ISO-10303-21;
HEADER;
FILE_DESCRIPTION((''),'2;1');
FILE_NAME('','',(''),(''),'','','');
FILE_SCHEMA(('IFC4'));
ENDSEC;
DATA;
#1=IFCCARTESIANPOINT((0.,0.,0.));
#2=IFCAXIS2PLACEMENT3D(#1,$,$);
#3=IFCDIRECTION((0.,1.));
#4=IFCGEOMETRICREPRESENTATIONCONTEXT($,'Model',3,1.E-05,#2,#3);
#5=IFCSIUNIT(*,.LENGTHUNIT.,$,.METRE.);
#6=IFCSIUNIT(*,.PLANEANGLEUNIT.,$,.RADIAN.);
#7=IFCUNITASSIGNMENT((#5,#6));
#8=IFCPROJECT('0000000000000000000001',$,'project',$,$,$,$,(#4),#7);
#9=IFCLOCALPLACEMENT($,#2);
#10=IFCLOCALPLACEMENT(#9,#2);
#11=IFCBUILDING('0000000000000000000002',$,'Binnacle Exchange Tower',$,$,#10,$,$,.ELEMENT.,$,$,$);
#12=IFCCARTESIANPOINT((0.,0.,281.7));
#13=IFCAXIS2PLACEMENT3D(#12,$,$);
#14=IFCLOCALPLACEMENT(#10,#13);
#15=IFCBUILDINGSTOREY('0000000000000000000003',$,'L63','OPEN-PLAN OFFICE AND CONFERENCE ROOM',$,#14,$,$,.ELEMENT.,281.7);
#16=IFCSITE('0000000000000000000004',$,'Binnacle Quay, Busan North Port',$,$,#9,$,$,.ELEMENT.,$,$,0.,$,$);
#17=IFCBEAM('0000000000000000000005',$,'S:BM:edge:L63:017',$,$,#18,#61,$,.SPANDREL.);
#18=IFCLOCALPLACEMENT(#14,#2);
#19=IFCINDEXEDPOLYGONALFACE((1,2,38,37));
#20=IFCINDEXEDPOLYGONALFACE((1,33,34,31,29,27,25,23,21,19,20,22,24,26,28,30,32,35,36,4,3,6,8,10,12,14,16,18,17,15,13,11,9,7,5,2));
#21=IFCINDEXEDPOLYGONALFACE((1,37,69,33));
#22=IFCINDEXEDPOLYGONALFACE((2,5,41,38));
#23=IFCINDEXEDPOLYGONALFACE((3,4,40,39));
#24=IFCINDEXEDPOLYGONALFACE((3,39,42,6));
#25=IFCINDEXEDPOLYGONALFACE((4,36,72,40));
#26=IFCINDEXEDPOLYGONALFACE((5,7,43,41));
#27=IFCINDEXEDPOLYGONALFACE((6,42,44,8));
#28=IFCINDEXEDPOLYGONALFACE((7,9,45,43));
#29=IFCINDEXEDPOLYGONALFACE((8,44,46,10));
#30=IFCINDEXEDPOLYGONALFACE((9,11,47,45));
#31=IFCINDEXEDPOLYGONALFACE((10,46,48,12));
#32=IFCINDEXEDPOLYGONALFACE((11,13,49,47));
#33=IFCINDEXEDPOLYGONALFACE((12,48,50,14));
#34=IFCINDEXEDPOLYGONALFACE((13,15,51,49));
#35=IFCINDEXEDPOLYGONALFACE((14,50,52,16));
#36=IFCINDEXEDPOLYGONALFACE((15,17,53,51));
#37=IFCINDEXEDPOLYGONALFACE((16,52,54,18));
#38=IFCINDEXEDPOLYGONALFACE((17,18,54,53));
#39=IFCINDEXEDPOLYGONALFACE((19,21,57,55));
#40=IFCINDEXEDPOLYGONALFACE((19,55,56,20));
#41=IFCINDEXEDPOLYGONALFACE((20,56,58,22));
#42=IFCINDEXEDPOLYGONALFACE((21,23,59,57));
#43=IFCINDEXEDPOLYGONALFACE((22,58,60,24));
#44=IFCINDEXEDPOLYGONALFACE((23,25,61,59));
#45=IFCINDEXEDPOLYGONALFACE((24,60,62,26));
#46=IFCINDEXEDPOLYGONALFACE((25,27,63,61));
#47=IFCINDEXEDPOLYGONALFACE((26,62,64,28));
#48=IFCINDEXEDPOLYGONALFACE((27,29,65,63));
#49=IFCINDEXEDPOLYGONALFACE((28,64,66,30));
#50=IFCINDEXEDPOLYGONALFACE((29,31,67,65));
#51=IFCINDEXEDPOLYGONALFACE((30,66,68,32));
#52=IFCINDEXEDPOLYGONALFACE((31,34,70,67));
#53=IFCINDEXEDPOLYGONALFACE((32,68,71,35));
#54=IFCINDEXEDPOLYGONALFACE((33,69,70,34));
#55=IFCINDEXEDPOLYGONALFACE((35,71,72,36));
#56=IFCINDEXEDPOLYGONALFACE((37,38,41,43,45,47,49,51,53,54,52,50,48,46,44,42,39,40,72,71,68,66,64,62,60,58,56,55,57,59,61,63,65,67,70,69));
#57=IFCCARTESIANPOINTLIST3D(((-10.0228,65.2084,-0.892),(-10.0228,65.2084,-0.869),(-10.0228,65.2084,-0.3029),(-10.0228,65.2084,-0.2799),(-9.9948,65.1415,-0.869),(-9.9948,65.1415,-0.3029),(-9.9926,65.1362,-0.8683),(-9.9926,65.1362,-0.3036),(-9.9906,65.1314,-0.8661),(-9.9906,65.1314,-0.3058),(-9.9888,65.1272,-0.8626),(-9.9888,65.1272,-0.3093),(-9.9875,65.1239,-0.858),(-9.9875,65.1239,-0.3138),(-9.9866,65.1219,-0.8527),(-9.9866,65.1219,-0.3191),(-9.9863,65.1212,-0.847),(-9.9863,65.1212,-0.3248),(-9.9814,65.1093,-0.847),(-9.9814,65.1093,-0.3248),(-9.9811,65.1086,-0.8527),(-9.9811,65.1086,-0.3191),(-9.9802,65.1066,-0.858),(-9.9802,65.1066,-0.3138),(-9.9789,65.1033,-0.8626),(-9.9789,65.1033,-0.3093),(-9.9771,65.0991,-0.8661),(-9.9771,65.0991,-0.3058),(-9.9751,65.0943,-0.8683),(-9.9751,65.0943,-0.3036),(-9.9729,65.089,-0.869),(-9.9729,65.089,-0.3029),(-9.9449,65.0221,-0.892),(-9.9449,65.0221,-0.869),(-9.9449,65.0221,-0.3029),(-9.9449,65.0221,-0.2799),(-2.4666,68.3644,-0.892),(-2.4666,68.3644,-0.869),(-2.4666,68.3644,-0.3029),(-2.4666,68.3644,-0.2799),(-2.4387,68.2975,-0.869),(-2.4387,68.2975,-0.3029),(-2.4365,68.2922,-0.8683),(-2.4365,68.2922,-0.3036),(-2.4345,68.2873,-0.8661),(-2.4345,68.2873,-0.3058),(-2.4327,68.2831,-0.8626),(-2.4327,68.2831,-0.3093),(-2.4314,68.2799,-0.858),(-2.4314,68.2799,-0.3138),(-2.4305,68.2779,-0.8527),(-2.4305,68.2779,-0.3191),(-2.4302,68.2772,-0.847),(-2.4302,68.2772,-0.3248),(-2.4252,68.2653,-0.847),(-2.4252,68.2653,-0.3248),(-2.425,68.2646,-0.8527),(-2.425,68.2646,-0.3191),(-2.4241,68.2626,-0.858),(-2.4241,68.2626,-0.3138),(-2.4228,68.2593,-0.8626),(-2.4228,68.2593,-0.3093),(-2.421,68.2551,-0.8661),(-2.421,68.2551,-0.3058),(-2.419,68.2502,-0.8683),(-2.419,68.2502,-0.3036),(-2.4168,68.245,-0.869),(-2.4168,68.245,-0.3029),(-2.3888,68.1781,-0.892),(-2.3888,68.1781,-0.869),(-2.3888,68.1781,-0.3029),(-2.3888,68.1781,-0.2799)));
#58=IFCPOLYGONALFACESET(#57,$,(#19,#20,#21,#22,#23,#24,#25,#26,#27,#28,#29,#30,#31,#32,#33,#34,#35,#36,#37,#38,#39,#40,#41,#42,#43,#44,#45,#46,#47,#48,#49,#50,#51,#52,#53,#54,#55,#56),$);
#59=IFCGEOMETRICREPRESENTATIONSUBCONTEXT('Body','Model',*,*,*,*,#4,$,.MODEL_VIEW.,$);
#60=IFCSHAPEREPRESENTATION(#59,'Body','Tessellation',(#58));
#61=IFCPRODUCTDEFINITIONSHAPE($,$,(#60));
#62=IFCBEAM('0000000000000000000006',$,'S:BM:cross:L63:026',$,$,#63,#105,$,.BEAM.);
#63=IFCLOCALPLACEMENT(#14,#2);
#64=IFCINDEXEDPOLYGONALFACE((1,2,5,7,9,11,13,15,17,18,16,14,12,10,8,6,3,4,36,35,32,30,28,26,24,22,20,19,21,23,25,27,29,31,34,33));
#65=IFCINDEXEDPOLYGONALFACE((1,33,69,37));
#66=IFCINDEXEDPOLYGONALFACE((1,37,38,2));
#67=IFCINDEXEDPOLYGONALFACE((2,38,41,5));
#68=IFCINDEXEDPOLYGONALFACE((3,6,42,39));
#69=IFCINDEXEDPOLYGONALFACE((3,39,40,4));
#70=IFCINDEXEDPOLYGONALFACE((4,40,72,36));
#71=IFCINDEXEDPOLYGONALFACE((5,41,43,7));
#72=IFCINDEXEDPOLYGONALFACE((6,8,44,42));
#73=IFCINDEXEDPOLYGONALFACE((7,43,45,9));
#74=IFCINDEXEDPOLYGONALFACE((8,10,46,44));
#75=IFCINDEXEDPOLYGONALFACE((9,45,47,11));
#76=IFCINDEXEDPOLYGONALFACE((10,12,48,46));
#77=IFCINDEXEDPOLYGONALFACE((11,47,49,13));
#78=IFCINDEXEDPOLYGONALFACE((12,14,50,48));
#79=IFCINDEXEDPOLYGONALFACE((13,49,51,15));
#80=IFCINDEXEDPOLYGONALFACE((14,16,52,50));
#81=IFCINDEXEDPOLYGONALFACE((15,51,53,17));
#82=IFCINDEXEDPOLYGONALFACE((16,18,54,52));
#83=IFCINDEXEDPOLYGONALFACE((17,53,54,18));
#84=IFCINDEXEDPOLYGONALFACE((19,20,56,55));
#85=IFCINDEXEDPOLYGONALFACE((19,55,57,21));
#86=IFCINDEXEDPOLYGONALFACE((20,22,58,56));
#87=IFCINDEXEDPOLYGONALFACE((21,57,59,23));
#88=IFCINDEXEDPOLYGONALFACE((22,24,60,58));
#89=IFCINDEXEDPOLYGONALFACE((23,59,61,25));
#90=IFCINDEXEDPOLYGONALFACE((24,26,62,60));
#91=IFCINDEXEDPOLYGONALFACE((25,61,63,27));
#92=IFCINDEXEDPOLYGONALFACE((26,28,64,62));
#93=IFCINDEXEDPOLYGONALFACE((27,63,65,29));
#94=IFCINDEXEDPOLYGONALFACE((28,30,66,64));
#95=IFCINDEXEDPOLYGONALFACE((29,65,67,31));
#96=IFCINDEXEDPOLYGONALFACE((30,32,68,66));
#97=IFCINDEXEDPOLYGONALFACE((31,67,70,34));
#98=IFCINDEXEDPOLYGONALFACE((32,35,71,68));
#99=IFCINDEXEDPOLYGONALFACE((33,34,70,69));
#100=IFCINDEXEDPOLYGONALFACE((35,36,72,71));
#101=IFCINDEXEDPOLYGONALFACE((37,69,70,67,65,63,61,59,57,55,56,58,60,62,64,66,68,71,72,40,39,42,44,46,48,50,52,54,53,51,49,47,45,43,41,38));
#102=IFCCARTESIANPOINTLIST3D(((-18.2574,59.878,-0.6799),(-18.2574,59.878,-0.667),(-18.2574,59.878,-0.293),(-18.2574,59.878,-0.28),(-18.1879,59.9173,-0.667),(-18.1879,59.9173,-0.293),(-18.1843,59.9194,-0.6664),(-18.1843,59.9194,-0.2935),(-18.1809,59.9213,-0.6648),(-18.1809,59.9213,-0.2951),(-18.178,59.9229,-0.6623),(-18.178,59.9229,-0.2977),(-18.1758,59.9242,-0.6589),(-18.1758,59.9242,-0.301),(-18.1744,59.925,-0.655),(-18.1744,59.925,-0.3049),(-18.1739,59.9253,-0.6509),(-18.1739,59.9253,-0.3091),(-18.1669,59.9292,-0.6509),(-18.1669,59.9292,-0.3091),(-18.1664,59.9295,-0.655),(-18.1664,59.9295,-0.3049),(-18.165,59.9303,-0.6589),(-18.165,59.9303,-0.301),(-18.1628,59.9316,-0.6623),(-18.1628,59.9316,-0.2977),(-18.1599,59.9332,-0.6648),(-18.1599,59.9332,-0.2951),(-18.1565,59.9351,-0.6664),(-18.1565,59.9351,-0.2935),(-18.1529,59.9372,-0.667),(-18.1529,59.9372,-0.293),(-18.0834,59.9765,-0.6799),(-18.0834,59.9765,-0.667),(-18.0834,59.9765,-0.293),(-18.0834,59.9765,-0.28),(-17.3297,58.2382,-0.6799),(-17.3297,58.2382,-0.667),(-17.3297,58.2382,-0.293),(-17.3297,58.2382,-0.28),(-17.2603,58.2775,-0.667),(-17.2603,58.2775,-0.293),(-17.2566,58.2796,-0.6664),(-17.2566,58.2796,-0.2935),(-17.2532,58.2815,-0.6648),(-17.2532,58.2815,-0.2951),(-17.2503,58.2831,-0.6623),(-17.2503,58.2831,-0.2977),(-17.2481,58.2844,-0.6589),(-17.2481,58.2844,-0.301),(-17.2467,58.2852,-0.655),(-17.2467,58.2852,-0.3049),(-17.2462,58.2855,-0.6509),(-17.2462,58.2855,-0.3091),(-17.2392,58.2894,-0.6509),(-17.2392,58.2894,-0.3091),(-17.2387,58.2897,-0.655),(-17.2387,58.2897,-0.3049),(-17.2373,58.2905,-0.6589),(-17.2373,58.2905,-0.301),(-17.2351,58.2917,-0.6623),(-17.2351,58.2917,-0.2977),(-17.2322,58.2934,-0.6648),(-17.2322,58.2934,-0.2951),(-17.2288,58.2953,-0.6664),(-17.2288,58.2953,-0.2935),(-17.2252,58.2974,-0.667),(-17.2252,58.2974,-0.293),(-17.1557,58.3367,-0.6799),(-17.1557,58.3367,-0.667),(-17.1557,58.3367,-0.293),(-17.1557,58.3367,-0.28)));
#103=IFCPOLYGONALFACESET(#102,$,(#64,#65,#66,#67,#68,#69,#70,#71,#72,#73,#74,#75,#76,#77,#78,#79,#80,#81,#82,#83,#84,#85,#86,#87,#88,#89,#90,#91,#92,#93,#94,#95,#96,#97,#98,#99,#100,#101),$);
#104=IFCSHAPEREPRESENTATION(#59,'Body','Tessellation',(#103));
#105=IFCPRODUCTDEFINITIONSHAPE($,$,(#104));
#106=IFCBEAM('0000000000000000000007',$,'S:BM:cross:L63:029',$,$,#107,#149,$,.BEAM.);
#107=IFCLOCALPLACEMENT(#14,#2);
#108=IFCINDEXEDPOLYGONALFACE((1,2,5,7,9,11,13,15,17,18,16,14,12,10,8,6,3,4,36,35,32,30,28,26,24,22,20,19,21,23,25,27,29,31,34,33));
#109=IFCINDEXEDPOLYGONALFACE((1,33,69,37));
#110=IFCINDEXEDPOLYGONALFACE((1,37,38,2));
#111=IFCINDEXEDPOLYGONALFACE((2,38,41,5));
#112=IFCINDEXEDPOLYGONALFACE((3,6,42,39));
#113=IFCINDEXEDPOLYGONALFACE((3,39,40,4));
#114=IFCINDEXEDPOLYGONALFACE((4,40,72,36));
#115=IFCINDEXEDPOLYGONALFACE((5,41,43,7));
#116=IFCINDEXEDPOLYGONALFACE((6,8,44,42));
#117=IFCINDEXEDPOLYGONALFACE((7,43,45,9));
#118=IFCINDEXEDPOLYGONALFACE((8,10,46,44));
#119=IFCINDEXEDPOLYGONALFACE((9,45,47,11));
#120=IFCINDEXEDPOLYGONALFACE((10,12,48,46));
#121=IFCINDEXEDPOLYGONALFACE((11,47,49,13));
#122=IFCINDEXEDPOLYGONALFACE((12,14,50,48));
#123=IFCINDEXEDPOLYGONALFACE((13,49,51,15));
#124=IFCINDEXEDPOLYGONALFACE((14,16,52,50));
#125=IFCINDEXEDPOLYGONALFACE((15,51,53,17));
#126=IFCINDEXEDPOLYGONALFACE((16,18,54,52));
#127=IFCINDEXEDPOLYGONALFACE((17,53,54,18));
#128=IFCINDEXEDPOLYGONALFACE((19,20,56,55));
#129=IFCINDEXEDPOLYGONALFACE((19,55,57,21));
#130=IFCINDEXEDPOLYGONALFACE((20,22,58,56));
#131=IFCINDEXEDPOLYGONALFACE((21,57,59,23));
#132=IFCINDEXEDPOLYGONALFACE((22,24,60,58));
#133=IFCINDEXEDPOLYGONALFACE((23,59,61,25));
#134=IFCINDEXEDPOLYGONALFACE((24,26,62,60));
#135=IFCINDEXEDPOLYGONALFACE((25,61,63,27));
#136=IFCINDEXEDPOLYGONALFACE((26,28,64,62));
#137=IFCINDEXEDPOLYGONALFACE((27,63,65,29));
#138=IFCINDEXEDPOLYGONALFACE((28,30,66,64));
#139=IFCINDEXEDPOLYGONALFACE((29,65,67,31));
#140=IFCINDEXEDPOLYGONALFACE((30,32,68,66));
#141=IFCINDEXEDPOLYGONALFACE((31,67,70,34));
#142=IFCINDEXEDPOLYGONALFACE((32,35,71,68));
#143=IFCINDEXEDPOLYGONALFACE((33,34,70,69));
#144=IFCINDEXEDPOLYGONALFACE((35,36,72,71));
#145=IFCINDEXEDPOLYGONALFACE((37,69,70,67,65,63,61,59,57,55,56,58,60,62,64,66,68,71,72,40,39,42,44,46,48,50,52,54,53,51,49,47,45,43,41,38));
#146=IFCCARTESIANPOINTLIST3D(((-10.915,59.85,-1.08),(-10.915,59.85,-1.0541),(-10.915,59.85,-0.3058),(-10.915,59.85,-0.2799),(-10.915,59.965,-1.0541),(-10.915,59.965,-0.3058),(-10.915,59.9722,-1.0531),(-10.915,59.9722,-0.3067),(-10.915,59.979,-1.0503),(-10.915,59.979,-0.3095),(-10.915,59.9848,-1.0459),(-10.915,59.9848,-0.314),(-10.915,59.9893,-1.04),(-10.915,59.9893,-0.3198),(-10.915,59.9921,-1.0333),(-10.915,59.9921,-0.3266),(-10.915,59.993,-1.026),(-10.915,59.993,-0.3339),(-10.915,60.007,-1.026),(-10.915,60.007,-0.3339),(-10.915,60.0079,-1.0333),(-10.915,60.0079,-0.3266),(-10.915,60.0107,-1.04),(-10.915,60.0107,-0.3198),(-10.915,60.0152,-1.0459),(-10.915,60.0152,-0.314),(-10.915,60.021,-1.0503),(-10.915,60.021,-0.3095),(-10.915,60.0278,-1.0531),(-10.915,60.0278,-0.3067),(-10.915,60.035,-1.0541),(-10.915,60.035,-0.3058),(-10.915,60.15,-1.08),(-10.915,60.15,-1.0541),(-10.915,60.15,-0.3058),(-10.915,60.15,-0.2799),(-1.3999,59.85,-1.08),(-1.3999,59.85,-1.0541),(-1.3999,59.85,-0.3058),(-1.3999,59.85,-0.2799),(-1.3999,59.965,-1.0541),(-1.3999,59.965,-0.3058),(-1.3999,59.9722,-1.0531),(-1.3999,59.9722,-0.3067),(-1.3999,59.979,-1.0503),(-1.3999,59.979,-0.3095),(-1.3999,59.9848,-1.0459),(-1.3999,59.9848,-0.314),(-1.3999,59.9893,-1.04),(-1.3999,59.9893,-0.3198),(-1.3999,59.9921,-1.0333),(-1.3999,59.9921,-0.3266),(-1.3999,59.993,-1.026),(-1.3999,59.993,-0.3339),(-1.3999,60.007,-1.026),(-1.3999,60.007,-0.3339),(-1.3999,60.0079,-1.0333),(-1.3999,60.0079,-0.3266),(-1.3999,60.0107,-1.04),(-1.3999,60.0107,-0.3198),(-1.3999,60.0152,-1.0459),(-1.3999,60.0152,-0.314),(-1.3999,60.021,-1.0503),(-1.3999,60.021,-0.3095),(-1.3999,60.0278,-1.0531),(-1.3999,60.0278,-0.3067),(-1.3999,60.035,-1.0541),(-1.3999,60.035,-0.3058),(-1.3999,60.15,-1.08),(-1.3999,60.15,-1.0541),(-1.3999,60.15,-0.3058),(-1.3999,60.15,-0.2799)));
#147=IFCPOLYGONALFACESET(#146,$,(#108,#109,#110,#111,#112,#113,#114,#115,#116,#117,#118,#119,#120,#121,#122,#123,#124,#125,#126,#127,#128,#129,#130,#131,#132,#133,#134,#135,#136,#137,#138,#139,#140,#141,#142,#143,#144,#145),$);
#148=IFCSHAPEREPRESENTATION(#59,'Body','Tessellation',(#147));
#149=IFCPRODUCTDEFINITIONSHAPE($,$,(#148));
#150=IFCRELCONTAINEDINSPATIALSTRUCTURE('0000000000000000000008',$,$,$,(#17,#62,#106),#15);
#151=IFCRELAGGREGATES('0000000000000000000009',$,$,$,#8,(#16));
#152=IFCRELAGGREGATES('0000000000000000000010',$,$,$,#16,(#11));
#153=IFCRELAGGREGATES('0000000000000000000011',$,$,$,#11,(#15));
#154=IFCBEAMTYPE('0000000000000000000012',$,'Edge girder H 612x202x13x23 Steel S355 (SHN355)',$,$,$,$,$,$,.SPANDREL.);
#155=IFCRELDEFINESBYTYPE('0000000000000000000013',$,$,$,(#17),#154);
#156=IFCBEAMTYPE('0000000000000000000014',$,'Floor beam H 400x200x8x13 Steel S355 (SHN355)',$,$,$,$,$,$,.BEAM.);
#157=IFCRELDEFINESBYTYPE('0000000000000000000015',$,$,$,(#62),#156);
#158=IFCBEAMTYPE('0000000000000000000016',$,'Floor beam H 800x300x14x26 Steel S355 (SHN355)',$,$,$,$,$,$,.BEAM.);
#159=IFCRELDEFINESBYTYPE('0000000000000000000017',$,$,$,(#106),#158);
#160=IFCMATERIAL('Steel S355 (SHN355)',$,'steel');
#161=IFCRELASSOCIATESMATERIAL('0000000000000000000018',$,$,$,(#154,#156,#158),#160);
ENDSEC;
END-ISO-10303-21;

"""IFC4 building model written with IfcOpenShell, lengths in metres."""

from ifc_helpers import new_model, si_unit, direction, frame, origin, origin_2d, place, context, subcontext, project, spatial, i_section, extrude, material, material_profile, profile_set, type_object, element, save


model = new_model("IFC4")

# Units and contexts
model_context = context("Model", 3, precision=1e-05, world=origin(), true_north=direction((0.0, 1.0)))
body_context = subcontext(model_context, "Body", "Model", "MODEL_VIEW")
ifc_project = project(units=[si_unit("LENGTHUNIT", "METRE"), si_unit("PLANEANGLEUNIT", "RADIAN")], contexts=[model_context])

# Site, building, storey
site_placement = place(None, origin())
site = spatial("IfcSite", under=ifc_project, at=site_placement, Name="Binnacle Quay, Busan North Port", CompositionType="ELEMENT", RefElevation=0.0)
building_placement = place(site_placement, origin())
building = spatial("IfcBuilding", under=site, at=building_placement, Name="Binnacle Exchange Tower", CompositionType="ELEMENT")
storey_placement = place(building_placement, frame((0.0, 0.0, 281.7)))
storey = spatial("IfcBuildingStorey", under=building, at=storey_placement, Name="L63", Description="OPEN-PLAN OFFICE AND CONFERENCE ROOM", CompositionType="ELEMENT", Elevation=281.7)

# Beams
ifc_material_1 = material(Name="Steel S355 (SHN355)", Category="steel")
ifc_material_profile_1 = material_profile(ifc_material_1, i_section(OverallWidth=0.2019, OverallDepth=0.6121, WebThickness=0.0129, FlangeThickness=0.0229, FilletRadius=0.022, at=origin_2d()), Name="H 612x202x13x23")
ifc_profile_set_1 = profile_set([ifc_material_profile_1], Name="Steel S355 (SHN355)")
beam_type_1 = type_object("IfcBeamType", Name="Edge girder H 612x202x13x23 Steel S355 (SHN355)", PredefinedType="SPANDREL", material=ifc_profile_set_1)
beam_1_placement = place(storey_placement, frame((-2.4277, 68.2712, -0.5859), z_axis=(-0.922747, -0.385407, 0.0), x_axis=(0.385407, -0.922747, 0.0)))
element("IfcBeam", 1, at=beam_1_placement, inside=storey, type_object=beam_type_1, Name="S:BM:edge:L63:017", PredefinedType="SPANDREL", context=body_context, shape_type="SweptSolid", body=[
    extrude(i_section(OverallWidth=0.2019, OverallDepth=0.6121, WebThickness=0.0129, FlangeThickness=0.0229, FilletRadius=0.022, at=origin_2d()), origin(), (0.0, 0.0, 1.0), 8.1887),
])
ifc_material_profile_2 = material_profile(ifc_material_1, i_section(OverallWidth=0.2, OverallDepth=0.3999, WebThickness=0.0081, FlangeThickness=0.0129, FilletRadius=0.0161, at=origin_2d()), Name="H 400x200x8x13")
ifc_profile_set_2 = profile_set([ifc_material_profile_2], Name="Steel S355 (SHN355)")
beam_type_2 = type_object("IfcBeamType", Name="Floor beam H 400x200x8x13 Steel S355 (SHN355)", PredefinedType="BEAM", material=ifc_profile_set_2)
beam_2_placement = place(storey_placement, frame((-18.1704, 59.9272, -0.48), z_axis=(0.492395, -0.870372, 0.0), x_axis=(0.870372, 0.492395, 0.0)))
element("IfcBeam", 2, at=beam_2_placement, inside=storey, type_object=beam_type_2, Name="S:BM:cross:L63:026", PredefinedType="BEAM", context=body_context, shape_type="SweptSolid", body=[
    extrude(i_section(OverallWidth=0.2, OverallDepth=0.3999, WebThickness=0.0081, FlangeThickness=0.0129, FilletRadius=0.0161, at=origin_2d()), origin(), (0.0, 0.0, 1.0), 1.884),
])
ifc_material_profile_3 = material_profile(ifc_material_1, i_section(OverallWidth=0.3, OverallDepth=0.8, WebThickness=0.0139, FlangeThickness=0.0259, FilletRadius=0.0281, at=origin_2d()), Name="H 800x300x14x26")
ifc_profile_set_3 = profile_set([ifc_material_profile_3], Name="Steel S355 (SHN355)")
beam_type_3 = type_object("IfcBeamType", Name="Floor beam H 800x300x14x26 Steel S355 (SHN355)", PredefinedType="BEAM", material=ifc_profile_set_3)
beam_3_placement = place(storey_placement, frame((-1.3999, 60.0, -0.6799), z_axis=(-1.0, 0.0, 0.0), x_axis=(0.0, -1.0, 0.0)))
element("IfcBeam", 3, at=beam_3_placement, inside=storey, type_object=beam_type_3, Name="S:BM:cross:L63:029", PredefinedType="BEAM", context=body_context, shape_type="SweptSolid", body=[
    extrude(i_section(OverallWidth=0.3, OverallDepth=0.8, WebThickness=0.0139, FlangeThickness=0.0259, FilletRadius=0.0281, at=origin_2d()), origin(), (0.0, 0.0, 1.0), 9.5151),
])

save(model, "model.ifc")
